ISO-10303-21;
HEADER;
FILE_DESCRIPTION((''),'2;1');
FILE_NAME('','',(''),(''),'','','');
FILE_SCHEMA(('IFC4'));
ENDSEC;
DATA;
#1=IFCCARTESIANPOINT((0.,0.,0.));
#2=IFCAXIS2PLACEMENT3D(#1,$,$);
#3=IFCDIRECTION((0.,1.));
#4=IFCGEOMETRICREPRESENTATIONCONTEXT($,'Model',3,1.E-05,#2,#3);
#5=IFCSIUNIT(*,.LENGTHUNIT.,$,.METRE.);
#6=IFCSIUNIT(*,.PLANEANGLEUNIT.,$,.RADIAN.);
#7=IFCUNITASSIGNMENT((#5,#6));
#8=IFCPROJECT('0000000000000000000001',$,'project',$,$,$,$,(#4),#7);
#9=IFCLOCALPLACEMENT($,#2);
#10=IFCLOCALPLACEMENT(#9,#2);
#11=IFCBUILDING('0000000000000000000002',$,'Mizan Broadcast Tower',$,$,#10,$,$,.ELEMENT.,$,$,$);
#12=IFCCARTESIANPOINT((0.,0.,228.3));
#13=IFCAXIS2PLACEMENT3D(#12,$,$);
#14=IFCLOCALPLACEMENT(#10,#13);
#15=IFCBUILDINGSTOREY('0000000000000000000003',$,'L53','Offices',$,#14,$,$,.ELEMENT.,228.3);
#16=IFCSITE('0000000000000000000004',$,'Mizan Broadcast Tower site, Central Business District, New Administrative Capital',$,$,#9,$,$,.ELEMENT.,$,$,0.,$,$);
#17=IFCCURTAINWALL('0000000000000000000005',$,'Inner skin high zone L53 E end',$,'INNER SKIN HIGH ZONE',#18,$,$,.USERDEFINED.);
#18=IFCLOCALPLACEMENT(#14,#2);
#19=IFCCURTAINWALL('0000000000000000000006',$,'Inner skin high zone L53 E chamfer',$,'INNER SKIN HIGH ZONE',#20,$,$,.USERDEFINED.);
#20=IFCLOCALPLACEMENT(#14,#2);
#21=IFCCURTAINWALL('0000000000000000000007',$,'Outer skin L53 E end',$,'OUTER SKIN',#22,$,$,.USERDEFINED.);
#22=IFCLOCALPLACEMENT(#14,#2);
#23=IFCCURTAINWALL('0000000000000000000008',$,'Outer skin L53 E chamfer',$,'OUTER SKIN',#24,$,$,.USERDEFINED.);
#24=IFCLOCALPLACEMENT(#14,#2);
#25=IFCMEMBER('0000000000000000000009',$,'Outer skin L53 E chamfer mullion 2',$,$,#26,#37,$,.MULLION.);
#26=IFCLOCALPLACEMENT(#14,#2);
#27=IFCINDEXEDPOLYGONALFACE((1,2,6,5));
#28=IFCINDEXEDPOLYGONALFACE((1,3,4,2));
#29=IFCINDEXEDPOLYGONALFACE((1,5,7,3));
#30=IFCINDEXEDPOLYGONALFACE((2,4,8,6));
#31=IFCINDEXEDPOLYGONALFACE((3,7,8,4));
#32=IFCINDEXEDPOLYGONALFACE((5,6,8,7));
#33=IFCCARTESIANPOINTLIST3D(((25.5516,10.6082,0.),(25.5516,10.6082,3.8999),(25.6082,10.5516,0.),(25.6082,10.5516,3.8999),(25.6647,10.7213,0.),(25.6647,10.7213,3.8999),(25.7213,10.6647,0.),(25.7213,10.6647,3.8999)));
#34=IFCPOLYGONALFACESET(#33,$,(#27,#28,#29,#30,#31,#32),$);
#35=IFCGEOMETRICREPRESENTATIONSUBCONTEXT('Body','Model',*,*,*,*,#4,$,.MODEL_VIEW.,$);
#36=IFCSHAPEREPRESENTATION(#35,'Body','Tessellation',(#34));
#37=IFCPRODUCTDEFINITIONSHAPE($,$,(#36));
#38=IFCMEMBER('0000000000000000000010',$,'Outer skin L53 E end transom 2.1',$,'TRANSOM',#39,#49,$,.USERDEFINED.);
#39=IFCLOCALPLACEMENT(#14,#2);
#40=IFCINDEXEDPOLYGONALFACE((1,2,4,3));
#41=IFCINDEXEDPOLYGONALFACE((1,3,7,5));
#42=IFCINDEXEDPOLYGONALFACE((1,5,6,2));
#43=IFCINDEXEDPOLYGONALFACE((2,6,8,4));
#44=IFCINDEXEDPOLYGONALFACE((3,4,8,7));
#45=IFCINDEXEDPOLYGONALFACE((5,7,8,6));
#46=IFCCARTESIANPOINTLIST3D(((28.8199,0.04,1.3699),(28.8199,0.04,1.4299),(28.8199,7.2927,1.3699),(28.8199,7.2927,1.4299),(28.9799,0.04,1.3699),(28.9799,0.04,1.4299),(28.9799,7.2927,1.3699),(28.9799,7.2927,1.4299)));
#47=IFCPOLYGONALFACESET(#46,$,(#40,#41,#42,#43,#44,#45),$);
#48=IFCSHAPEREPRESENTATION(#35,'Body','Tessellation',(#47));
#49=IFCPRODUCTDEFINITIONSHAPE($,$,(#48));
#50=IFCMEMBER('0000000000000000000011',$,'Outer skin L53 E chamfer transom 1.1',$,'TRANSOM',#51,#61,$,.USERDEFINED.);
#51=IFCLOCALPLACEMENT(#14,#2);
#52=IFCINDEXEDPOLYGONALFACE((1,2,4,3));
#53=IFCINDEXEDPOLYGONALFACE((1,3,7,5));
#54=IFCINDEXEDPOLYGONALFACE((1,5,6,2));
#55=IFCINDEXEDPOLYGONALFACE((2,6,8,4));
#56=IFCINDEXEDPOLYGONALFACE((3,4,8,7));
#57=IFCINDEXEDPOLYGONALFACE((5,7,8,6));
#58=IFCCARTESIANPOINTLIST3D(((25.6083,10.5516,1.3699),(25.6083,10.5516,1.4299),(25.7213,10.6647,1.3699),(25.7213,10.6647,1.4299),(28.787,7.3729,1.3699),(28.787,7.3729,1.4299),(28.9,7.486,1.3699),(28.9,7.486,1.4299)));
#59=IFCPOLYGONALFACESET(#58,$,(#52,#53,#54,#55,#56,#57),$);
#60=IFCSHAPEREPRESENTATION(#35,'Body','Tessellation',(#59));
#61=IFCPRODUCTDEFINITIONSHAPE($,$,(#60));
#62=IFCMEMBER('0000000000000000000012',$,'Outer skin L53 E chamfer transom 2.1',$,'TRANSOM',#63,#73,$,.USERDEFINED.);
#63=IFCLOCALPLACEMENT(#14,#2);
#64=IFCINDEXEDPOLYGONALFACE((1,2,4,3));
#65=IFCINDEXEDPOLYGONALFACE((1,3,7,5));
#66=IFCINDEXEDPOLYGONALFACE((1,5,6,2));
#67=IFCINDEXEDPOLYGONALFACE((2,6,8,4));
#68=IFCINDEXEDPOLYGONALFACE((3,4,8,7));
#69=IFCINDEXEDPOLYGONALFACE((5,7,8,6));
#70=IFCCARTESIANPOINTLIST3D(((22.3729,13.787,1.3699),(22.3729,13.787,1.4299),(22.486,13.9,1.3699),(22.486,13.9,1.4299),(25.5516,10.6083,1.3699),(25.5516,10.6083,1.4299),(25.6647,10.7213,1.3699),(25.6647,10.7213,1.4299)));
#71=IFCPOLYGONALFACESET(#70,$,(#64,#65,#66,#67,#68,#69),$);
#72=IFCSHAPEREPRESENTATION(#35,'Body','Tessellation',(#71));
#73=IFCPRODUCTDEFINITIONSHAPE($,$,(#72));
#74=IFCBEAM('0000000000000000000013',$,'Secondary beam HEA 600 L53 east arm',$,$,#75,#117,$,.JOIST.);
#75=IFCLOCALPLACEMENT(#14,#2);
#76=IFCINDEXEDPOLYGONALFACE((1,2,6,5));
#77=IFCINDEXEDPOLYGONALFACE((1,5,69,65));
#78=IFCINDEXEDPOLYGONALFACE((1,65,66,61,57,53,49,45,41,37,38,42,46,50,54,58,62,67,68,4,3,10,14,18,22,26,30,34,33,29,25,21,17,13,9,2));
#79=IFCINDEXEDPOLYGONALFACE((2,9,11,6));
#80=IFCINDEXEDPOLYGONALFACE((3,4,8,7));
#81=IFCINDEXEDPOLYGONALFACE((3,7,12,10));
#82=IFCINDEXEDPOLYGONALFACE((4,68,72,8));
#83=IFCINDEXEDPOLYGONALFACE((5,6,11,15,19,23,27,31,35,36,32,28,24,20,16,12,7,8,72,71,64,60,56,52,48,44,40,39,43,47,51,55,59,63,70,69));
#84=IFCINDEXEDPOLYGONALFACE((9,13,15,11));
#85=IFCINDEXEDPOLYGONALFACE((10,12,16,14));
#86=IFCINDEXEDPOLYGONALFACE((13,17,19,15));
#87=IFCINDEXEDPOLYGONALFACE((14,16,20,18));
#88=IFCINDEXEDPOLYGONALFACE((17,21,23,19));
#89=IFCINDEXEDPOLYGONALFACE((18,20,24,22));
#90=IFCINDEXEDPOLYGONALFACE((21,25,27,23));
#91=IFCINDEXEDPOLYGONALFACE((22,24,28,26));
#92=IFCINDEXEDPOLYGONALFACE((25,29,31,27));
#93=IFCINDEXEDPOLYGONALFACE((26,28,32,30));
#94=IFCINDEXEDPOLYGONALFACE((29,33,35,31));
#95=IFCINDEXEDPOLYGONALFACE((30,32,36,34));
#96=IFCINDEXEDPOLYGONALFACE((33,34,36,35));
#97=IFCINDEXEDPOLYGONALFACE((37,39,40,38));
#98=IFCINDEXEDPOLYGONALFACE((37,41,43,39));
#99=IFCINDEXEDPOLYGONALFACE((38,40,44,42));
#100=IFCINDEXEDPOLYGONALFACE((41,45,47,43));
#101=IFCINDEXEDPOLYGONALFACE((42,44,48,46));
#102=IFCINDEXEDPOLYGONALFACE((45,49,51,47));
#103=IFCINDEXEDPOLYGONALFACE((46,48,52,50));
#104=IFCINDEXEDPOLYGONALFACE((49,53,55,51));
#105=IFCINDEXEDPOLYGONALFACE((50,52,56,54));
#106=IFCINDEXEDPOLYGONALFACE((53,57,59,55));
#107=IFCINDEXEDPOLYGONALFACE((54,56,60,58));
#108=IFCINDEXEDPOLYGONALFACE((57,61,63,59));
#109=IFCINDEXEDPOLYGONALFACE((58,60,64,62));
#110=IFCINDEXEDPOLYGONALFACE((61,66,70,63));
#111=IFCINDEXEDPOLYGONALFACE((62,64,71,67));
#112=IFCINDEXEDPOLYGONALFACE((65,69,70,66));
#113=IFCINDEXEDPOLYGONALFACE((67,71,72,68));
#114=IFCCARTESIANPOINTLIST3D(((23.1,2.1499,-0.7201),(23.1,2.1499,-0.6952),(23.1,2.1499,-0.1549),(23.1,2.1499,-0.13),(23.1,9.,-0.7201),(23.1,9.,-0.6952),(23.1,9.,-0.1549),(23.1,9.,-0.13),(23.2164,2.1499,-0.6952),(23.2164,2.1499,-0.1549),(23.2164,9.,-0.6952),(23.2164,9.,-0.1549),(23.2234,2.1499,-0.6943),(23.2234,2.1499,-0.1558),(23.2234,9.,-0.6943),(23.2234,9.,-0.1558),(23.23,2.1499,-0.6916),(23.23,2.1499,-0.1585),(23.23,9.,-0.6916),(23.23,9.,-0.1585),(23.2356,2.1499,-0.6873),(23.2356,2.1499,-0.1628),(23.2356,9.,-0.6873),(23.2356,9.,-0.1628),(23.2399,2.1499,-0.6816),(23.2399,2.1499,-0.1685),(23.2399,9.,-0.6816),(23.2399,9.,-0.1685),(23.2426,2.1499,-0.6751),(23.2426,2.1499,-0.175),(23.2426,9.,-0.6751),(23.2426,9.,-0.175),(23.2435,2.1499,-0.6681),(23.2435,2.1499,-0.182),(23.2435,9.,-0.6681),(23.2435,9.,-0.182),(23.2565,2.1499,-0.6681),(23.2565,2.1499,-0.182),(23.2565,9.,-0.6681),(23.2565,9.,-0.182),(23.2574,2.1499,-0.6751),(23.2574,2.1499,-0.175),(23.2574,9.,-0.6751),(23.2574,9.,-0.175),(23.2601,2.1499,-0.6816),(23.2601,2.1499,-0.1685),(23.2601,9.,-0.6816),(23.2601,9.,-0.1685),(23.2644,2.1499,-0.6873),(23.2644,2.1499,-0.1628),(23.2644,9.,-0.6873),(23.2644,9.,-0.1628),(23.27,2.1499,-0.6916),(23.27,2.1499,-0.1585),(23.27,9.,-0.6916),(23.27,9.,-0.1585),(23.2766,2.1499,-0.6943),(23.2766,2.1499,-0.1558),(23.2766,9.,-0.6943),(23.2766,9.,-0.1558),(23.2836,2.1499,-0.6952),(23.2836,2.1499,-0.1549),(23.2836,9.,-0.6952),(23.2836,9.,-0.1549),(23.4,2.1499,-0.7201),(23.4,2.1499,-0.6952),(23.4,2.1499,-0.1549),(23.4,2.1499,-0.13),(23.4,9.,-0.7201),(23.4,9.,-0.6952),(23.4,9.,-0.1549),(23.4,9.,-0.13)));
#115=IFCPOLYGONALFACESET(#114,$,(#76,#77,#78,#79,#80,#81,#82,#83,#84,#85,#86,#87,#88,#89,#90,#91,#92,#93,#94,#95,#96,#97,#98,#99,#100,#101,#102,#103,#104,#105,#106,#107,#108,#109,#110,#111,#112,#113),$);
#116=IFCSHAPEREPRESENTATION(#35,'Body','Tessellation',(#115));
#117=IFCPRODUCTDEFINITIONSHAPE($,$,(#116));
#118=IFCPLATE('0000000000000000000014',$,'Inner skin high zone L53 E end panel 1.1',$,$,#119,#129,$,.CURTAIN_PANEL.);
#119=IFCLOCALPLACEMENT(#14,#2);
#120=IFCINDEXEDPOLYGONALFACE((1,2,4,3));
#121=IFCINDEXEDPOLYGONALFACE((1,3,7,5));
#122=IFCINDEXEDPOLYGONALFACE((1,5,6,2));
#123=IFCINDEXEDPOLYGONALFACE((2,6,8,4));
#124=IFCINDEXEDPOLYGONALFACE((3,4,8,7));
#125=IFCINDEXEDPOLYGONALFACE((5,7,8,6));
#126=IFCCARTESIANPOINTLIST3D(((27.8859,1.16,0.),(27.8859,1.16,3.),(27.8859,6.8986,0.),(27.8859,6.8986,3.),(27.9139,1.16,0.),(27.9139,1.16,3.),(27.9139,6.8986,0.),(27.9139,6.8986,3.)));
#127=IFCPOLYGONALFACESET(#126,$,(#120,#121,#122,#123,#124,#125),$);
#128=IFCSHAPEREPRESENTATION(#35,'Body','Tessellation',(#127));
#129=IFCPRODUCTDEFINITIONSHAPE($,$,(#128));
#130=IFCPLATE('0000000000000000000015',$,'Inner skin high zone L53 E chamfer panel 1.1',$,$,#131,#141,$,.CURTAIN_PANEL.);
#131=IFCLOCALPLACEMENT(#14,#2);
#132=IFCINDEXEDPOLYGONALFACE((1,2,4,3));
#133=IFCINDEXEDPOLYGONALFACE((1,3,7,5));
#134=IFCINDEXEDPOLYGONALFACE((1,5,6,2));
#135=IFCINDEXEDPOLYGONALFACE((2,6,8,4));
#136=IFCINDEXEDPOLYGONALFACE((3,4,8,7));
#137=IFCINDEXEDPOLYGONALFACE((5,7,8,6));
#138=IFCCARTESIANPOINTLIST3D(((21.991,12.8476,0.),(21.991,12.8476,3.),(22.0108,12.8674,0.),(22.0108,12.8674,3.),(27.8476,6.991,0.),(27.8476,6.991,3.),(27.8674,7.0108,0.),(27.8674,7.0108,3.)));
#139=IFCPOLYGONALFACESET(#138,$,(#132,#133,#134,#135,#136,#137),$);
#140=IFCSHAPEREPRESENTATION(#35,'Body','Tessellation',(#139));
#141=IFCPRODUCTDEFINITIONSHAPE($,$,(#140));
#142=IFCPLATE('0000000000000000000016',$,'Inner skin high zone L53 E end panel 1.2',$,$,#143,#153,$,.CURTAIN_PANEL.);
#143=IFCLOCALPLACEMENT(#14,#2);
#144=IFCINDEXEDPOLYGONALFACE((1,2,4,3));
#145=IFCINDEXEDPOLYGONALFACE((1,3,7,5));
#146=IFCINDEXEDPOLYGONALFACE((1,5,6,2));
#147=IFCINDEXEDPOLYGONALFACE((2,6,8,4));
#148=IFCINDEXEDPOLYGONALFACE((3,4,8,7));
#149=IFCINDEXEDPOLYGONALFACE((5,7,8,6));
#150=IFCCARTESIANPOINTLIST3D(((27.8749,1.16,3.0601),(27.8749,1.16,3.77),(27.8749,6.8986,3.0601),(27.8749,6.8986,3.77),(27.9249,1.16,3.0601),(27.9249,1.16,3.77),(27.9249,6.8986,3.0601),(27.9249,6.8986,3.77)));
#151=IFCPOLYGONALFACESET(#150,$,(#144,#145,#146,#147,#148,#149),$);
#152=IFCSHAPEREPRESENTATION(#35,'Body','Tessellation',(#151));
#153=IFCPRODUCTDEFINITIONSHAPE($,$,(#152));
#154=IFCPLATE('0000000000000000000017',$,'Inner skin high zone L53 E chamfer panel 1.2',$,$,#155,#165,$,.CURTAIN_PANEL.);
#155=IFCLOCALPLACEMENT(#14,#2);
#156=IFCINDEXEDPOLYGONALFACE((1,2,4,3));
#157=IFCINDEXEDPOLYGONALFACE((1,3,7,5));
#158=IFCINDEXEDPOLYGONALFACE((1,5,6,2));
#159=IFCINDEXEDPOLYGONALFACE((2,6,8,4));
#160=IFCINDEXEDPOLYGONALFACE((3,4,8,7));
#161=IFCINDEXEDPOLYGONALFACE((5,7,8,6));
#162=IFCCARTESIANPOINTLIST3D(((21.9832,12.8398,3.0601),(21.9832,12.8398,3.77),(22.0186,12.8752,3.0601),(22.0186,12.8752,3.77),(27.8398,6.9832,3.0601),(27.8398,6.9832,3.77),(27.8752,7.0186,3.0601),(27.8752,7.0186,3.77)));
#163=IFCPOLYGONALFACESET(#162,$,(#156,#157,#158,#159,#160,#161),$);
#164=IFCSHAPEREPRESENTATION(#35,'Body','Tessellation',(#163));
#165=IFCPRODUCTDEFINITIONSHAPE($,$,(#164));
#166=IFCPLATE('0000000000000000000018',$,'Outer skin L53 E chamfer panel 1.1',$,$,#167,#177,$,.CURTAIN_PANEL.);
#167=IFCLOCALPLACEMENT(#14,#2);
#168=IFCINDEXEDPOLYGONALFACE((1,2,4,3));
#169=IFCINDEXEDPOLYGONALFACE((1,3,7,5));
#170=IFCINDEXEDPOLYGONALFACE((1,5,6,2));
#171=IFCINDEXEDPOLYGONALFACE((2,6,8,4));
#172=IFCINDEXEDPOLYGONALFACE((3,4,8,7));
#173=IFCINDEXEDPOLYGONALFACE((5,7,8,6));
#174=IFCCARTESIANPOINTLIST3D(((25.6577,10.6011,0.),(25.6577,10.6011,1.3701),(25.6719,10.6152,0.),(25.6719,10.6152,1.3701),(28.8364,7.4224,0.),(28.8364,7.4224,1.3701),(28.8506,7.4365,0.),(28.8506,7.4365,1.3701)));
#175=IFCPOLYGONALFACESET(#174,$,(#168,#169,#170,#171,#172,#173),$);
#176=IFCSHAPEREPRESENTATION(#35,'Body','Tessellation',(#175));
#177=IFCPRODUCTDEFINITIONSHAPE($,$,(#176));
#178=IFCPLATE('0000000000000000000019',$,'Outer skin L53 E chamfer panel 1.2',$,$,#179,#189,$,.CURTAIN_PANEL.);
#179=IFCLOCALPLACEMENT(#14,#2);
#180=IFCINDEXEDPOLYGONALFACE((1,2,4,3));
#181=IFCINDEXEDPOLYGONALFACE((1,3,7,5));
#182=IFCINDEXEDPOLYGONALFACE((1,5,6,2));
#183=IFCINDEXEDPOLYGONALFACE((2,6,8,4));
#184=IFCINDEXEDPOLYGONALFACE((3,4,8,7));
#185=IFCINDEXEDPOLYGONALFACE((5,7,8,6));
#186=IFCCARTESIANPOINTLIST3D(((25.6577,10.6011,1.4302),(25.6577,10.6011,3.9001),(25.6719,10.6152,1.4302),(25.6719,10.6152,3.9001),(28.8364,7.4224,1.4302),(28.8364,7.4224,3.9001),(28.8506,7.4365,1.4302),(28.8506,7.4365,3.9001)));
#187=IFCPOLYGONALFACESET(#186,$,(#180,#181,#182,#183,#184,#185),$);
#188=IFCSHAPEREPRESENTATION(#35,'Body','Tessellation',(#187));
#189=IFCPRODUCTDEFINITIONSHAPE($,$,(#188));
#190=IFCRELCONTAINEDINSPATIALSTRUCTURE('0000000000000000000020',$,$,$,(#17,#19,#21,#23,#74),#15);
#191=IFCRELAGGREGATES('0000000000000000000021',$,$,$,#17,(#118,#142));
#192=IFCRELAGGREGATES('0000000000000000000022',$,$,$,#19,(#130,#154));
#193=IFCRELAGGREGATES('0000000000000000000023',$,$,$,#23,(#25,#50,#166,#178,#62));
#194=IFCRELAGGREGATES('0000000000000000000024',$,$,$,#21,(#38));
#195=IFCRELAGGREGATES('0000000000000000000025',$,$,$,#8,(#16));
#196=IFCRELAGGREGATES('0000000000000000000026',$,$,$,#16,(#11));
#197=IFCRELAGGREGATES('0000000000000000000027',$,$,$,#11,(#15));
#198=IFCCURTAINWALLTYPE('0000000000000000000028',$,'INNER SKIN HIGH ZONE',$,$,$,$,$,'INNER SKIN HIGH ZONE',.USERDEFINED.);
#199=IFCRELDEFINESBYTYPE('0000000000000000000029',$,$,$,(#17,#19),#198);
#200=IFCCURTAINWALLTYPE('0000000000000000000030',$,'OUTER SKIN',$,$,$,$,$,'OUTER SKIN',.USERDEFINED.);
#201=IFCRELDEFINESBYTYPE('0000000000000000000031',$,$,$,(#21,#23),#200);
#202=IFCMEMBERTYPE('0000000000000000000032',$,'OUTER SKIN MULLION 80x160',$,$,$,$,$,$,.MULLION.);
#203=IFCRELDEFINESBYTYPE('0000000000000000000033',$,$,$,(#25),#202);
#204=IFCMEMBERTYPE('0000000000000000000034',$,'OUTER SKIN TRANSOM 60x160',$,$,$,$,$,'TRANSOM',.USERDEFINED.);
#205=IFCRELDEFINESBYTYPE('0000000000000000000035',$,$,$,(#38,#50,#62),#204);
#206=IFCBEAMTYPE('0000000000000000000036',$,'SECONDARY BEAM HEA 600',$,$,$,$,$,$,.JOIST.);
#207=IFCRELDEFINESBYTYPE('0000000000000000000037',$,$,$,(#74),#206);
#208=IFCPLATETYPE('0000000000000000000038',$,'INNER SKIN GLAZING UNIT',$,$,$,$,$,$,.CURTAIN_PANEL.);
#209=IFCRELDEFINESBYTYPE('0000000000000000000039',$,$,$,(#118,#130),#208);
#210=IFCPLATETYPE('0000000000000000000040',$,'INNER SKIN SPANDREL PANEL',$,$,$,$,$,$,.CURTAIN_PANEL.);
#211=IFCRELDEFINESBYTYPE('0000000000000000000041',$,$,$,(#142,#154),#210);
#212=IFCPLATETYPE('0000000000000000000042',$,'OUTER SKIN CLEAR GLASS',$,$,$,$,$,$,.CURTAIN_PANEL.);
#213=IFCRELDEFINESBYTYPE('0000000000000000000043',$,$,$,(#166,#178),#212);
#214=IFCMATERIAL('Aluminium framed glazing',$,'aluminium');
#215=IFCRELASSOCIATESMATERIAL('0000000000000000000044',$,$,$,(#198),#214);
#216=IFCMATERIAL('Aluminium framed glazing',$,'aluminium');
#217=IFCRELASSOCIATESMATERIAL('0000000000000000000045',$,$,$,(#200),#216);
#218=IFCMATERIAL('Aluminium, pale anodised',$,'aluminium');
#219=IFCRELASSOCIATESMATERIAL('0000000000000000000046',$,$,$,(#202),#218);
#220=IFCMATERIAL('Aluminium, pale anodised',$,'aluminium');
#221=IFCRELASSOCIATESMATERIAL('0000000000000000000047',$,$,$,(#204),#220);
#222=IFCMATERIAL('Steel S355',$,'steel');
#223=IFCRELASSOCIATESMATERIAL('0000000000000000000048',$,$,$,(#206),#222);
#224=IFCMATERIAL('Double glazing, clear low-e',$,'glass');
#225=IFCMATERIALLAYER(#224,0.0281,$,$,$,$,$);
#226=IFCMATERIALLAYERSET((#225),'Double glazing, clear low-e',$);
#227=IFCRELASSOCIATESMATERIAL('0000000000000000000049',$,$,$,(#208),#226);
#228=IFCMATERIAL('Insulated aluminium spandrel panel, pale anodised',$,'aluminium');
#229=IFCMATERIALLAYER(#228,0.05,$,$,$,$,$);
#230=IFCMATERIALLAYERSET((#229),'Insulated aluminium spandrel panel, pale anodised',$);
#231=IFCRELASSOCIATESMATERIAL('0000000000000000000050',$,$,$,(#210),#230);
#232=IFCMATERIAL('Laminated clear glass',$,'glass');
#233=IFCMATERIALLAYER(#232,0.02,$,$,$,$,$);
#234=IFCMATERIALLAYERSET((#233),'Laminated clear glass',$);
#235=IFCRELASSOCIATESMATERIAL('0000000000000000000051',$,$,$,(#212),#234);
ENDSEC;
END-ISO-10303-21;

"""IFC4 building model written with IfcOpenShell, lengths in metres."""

from ifc_helpers import new_model, si_unit, direction, frame, origin, origin_2d, place, context, subcontext, project, spatial, rectangle, i_section, extrude, material, layer, layer_set, material_profile, profile_set, type_object, element, aggregate, save


model = new_model("IFC4")

# Units and contexts
model_context = context("Model", 3, precision=1e-05, world=origin(), true_north=direction((0.0, 1.0)))
body_context = subcontext(model_context, "Body", "Model", "MODEL_VIEW")
ifc_project = project(units=[si_unit("LENGTHUNIT", "METRE"), si_unit("PLANEANGLEUNIT", "RADIAN")], contexts=[model_context])

# Site, building, storey
site_placement = place(None, origin())
site = spatial("IfcSite", under=ifc_project, at=site_placement, Name="Mizan Broadcast Tower site, Central Business District, New Administrative Capital", CompositionType="ELEMENT", RefElevation=0.0)
building_placement = place(site_placement, origin())
building = spatial("IfcBuilding", under=site, at=building_placement, Name="Mizan Broadcast Tower", CompositionType="ELEMENT")
storey_placement = place(building_placement, frame((0.0, 0.0, 228.3)))
storey = spatial("IfcBuildingStorey", under=building, at=storey_placement, Name="L53", Description="Offices", CompositionType="ELEMENT", Elevation=228.3)

# Curtain wall
ifc_material_1 = material(Name="Aluminium framed glazing", Category="aluminium")
curtain_wall_type_1 = type_object("IfcCurtainWallType", Name="INNER SKIN HIGH ZONE", ElementType="INNER SKIN HIGH ZONE", PredefinedType="USERDEFINED", material=ifc_material_1)
curtain_wall_1_placement = place(storey_placement, origin())
curtain_wall_1 = element("IfcCurtainWall", 1, at=curtain_wall_1_placement, inside=storey, type_object=curtain_wall_type_1, Name="Inner skin high zone L53 E end", ObjectType="INNER SKIN HIGH ZONE", PredefinedType="USERDEFINED")

# Curtain wall
curtain_wall_2_placement = place(storey_placement, origin())
curtain_wall_2 = element("IfcCurtainWall", 2, at=curtain_wall_2_placement, inside=storey, type_object=curtain_wall_type_1, Name="Inner skin high zone L53 E chamfer", ObjectType="INNER SKIN HIGH ZONE", PredefinedType="USERDEFINED")

# Curtain wall
ifc_material_2 = material(Name="Aluminium framed glazing", Category="aluminium")
curtain_wall_type_2 = type_object("IfcCurtainWallType", Name="OUTER SKIN", ElementType="OUTER SKIN", PredefinedType="USERDEFINED", material=ifc_material_2)
curtain_wall_3_placement = place(storey_placement, origin())
curtain_wall_3 = element("IfcCurtainWall", 3, at=curtain_wall_3_placement, inside=storey, type_object=curtain_wall_type_2, Name="Outer skin L53 E end", ObjectType="OUTER SKIN", PredefinedType="USERDEFINED")
ifc_material_3 = material(Name="Aluminium, pale anodised", Category="aluminium")
ifc_material_profile_1 = material_profile(ifc_material_3, rectangle(XDim=0.1599, YDim=0.0801, at=origin_2d()), Name="MULLION 160x80")
ifc_profile_set_1 = profile_set([ifc_material_profile_1], Name="Aluminium, pale anodised")
member_type_1 = type_object("IfcMemberType", Name="OUTER SKIN MULLION 80x160", PredefinedType="MULLION", material=ifc_profile_set_1)

# Curtain wall, member
curtain_wall_4_placement = place(storey_placement, origin())
curtain_wall_4 = element("IfcCurtainWall", 4, at=curtain_wall_4_placement, inside=storey, type_object=curtain_wall_type_2, Name="Outer skin L53 E chamfer", ObjectType="OUTER SKIN", PredefinedType="USERDEFINED")
member_1_placement = place(storey_placement, frame((25.6365, 10.6365, 0.0), z_axis=(0.0, 0.0, 1.0), x_axis=(-0.707107, -0.707107, 0.0)))
member_1 = element("IfcMember", 5, at=member_1_placement, type_object=member_type_1, Name="Outer skin L53 E chamfer mullion 2", PredefinedType="MULLION", context=body_context, shape_type="SweptSolid", body=[
    extrude(rectangle(XDim=0.1599, YDim=0.0801, at=origin_2d()), origin(), (0.0, 0.0, 1.0), 3.8999),
])

# Members
ifc_material_4 = material(Name="Aluminium, pale anodised", Category="aluminium")
ifc_material_profile_2 = material_profile(ifc_material_4, rectangle(XDim=0.1599, YDim=0.0601, at=origin_2d()), Name="TRANSOM 160x60")
ifc_profile_set_2 = profile_set([ifc_material_profile_2], Name="Aluminium, pale anodised")
member_type_2 = type_object("IfcMemberType", Name="OUTER SKIN TRANSOM 60x160", ElementType="TRANSOM", PredefinedType="USERDEFINED", material=ifc_profile_set_2)
member_2_placement = place(storey_placement, frame((28.8999, 0.04, 1.3999), z_axis=(0.0, 1.0, 0.0), x_axis=(-1.0, 0.0, 0.0)))
member_2 = element("IfcMember", 6, at=member_2_placement, type_object=member_type_2, Name="Outer skin L53 E end transom 2.1", ObjectType="TRANSOM", PredefinedType="USERDEFINED", context=body_context, shape_type="SweptSolid", body=[
    extrude(rectangle(XDim=0.1599, YDim=0.0601, at=origin_2d()), origin(), (0.0, 0.0, 1.0), 7.2527),
])
member_3_placement = place(storey_placement, frame((28.8435, 7.4294, 1.3999), z_axis=(-0.707107, 0.707107, 0.0), x_axis=(-0.707107, -0.707107, 0.0)))
member_3 = element("IfcMember", 7, at=member_3_placement, type_object=member_type_2, Name="Outer skin L53 E chamfer transom 1.1", ObjectType="TRANSOM", PredefinedType="USERDEFINED", context=body_context, shape_type="SweptSolid", body=[
    extrude(rectangle(XDim=0.1599, YDim=0.0601, at=origin_2d()), origin(), (0.0, 0.0, 1.0), 4.4954),
])
member_4_placement = place(storey_placement, frame((25.6082, 10.6648, 1.3999), z_axis=(-0.707107, 0.707107, 0.0), x_axis=(-0.707107, -0.707107, 0.0)))
member_4 = element("IfcMember", 8, at=member_4_placement, type_object=member_type_2, Name="Outer skin L53 E chamfer transom 2.1", ObjectType="TRANSOM", PredefinedType="USERDEFINED", context=body_context, shape_type="SweptSolid", body=[
    extrude(rectangle(XDim=0.1599, YDim=0.0601, at=origin_2d()), origin(), (0.0, 0.0, 1.0), 4.4954),
])

# Beam
ifc_material_5 = material(Name="Steel S355", Category="steel")
ifc_material_profile_3 = material_profile(ifc_material_5, i_section(OverallWidth=0.3, OverallDepth=0.5901, WebThickness=0.0129, FlangeThickness=0.0249, FilletRadius=0.0271, at=origin_2d()), Name="HEA 600")
ifc_profile_set_3 = profile_set([ifc_material_profile_3], Name="Steel S355")
beam_type_1 = type_object("IfcBeamType", Name="SECONDARY BEAM HEA 600", PredefinedType="JOIST", material=ifc_profile_set_3)
beam_1_placement = place(storey_placement, frame((23.25, 9.0, -0.425), z_axis=(0.0, -1.0, 0.0), x_axis=(1.0, 0.0, 0.0)))
element("IfcBeam", 9, at=beam_1_placement, inside=storey, type_object=beam_type_1, Name="Secondary beam HEA 600 L53 east arm", PredefinedType="JOIST", context=body_context, shape_type="SweptSolid", body=[
    extrude(i_section(OverallWidth=0.3, OverallDepth=0.5901, WebThickness=0.0129, FlangeThickness=0.0249, FilletRadius=0.0271, at=origin_2d()), origin(), (0.0, 0.0, 1.0), 6.8501),
])

# Plates
ifc_material_6 = material(Name="Double glazing, clear low-e", Category="glass")
ifc_layer_1 = layer(ifc_material_6, 0.0281)
ifc_layer_set_1 = layer_set([ifc_layer_1], Name="Double glazing, clear low-e")
plate_type_1 = type_object("IfcPlateType", Name="INNER SKIN GLAZING UNIT", PredefinedType="CURTAIN_PANEL", material=ifc_layer_set_1)
plate_1_placement = place(storey_placement, frame((27.8999, 4.0293, 0.0), z_axis=(0.0, 0.0, 1.0), x_axis=(0.0, 1.0, 0.0)))
plate_1 = element("IfcPlate", 10, at=plate_1_placement, type_object=plate_type_1, Name="Inner skin high zone L53 E end panel 1.1", PredefinedType="CURTAIN_PANEL", context=body_context, shape_type="SweptSolid", body=[
    extrude(rectangle(XDim=5.7385, YDim=0.0281, at=origin_2d()), origin(), (0.0, 0.0, 1.0), 3.0),
])
plate_2_placement = place(storey_placement, frame((24.9292, 9.9292, 0.0), z_axis=(0.0, 0.0, 1.0), x_axis=(-0.707107, 0.707107, 0.0)))
plate_2 = element("IfcPlate", 11, at=plate_2_placement, type_object=plate_type_1, Name="Inner skin high zone L53 E chamfer panel 1.1", PredefinedType="CURTAIN_PANEL", context=body_context, shape_type="SweptSolid", body=[
    extrude(rectangle(XDim=8.2825, YDim=0.0281, at=origin_2d()), origin(), (0.0, 0.0, 1.0), 3.0),
])
ifc_material_7 = material(Name="Insulated aluminium spandrel panel, pale anodised", Category="aluminium")
ifc_layer_2 = layer(ifc_material_7, 0.05)
ifc_layer_set_2 = layer_set([ifc_layer_2], Name="Insulated aluminium spandrel panel, pale anodised")
plate_type_2 = type_object("IfcPlateType", Name="INNER SKIN SPANDREL PANEL", PredefinedType="CURTAIN_PANEL", material=ifc_layer_set_2)
plate_3_placement = place(storey_placement, frame((27.8999, 4.0293, 3.0601), z_axis=(0.0, 0.0, 1.0), x_axis=(0.0, 1.0, 0.0)))
plate_3 = element("IfcPlate", 12, at=plate_3_placement, type_object=plate_type_2, Name="Inner skin high zone L53 E end panel 1.2", PredefinedType="CURTAIN_PANEL", context=body_context, shape_type="SweptSolid", body=[
    extrude(rectangle(XDim=5.7385, YDim=0.05, at=origin_2d()), origin(), (0.0, 0.0, 1.0), 0.71),
])
aggregate(curtain_wall_1, [plate_1, plate_3])
plate_4_placement = place(storey_placement, frame((24.9292, 9.9292, 3.0601), z_axis=(0.0, 0.0, 1.0), x_axis=(-0.707107, 0.707107, 0.0)))
plate_4 = element("IfcPlate", 13, at=plate_4_placement, type_object=plate_type_2, Name="Inner skin high zone L53 E chamfer panel 1.2", PredefinedType="CURTAIN_PANEL", context=body_context, shape_type="SweptSolid", body=[
    extrude(rectangle(XDim=8.2825, YDim=0.05, at=origin_2d()), origin(), (0.0, 0.0, 1.0), 0.71),
])
aggregate(curtain_wall_2, [plate_2, plate_4])
ifc_material_8 = material(Name="Laminated clear glass", Category="glass")
ifc_layer_3 = layer(ifc_material_8, 0.02)
ifc_layer_set_3 = layer_set([ifc_layer_3], Name="Laminated clear glass")
plate_type_3 = type_object("IfcPlateType", Name="OUTER SKIN CLEAR GLASS", PredefinedType="CURTAIN_PANEL", material=ifc_layer_set_3)
plate_5_placement = place(storey_placement, frame((27.2542, 9.0188, 0.0), z_axis=(0.0, 0.0, 1.0), x_axis=(-0.707107, 0.707107, 0.0)))
plate_5 = element("IfcPlate", 14, at=plate_5_placement, type_object=plate_type_3, Name="Outer skin L53 E chamfer panel 1.1", PredefinedType="CURTAIN_PANEL", context=body_context, shape_type="SweptSolid", body=[
    extrude(rectangle(XDim=4.4954, YDim=0.02, at=origin_2d()), origin(), (0.0, 0.0, 1.0), 1.3701),
])
plate_6_placement = place(storey_placement, frame((27.2542, 9.0188, 1.4302), z_axis=(0.0, 0.0, 1.0), x_axis=(-0.707107, 0.707107, 0.0)))
plate_6 = element("IfcPlate", 15, at=plate_6_placement, type_object=plate_type_3, Name="Outer skin L53 E chamfer panel 1.2", PredefinedType="CURTAIN_PANEL", context=body_context, shape_type="SweptSolid", body=[
    extrude(rectangle(XDim=4.4954, YDim=0.02, at=origin_2d()), origin(), (0.0, 0.0, 1.0), 2.47),
])
aggregate(curtain_wall_4, [member_1, member_3, plate_5, plate_6, member_4])
aggregate(curtain_wall_3, [member_2])

save(model, "model.ifc")
